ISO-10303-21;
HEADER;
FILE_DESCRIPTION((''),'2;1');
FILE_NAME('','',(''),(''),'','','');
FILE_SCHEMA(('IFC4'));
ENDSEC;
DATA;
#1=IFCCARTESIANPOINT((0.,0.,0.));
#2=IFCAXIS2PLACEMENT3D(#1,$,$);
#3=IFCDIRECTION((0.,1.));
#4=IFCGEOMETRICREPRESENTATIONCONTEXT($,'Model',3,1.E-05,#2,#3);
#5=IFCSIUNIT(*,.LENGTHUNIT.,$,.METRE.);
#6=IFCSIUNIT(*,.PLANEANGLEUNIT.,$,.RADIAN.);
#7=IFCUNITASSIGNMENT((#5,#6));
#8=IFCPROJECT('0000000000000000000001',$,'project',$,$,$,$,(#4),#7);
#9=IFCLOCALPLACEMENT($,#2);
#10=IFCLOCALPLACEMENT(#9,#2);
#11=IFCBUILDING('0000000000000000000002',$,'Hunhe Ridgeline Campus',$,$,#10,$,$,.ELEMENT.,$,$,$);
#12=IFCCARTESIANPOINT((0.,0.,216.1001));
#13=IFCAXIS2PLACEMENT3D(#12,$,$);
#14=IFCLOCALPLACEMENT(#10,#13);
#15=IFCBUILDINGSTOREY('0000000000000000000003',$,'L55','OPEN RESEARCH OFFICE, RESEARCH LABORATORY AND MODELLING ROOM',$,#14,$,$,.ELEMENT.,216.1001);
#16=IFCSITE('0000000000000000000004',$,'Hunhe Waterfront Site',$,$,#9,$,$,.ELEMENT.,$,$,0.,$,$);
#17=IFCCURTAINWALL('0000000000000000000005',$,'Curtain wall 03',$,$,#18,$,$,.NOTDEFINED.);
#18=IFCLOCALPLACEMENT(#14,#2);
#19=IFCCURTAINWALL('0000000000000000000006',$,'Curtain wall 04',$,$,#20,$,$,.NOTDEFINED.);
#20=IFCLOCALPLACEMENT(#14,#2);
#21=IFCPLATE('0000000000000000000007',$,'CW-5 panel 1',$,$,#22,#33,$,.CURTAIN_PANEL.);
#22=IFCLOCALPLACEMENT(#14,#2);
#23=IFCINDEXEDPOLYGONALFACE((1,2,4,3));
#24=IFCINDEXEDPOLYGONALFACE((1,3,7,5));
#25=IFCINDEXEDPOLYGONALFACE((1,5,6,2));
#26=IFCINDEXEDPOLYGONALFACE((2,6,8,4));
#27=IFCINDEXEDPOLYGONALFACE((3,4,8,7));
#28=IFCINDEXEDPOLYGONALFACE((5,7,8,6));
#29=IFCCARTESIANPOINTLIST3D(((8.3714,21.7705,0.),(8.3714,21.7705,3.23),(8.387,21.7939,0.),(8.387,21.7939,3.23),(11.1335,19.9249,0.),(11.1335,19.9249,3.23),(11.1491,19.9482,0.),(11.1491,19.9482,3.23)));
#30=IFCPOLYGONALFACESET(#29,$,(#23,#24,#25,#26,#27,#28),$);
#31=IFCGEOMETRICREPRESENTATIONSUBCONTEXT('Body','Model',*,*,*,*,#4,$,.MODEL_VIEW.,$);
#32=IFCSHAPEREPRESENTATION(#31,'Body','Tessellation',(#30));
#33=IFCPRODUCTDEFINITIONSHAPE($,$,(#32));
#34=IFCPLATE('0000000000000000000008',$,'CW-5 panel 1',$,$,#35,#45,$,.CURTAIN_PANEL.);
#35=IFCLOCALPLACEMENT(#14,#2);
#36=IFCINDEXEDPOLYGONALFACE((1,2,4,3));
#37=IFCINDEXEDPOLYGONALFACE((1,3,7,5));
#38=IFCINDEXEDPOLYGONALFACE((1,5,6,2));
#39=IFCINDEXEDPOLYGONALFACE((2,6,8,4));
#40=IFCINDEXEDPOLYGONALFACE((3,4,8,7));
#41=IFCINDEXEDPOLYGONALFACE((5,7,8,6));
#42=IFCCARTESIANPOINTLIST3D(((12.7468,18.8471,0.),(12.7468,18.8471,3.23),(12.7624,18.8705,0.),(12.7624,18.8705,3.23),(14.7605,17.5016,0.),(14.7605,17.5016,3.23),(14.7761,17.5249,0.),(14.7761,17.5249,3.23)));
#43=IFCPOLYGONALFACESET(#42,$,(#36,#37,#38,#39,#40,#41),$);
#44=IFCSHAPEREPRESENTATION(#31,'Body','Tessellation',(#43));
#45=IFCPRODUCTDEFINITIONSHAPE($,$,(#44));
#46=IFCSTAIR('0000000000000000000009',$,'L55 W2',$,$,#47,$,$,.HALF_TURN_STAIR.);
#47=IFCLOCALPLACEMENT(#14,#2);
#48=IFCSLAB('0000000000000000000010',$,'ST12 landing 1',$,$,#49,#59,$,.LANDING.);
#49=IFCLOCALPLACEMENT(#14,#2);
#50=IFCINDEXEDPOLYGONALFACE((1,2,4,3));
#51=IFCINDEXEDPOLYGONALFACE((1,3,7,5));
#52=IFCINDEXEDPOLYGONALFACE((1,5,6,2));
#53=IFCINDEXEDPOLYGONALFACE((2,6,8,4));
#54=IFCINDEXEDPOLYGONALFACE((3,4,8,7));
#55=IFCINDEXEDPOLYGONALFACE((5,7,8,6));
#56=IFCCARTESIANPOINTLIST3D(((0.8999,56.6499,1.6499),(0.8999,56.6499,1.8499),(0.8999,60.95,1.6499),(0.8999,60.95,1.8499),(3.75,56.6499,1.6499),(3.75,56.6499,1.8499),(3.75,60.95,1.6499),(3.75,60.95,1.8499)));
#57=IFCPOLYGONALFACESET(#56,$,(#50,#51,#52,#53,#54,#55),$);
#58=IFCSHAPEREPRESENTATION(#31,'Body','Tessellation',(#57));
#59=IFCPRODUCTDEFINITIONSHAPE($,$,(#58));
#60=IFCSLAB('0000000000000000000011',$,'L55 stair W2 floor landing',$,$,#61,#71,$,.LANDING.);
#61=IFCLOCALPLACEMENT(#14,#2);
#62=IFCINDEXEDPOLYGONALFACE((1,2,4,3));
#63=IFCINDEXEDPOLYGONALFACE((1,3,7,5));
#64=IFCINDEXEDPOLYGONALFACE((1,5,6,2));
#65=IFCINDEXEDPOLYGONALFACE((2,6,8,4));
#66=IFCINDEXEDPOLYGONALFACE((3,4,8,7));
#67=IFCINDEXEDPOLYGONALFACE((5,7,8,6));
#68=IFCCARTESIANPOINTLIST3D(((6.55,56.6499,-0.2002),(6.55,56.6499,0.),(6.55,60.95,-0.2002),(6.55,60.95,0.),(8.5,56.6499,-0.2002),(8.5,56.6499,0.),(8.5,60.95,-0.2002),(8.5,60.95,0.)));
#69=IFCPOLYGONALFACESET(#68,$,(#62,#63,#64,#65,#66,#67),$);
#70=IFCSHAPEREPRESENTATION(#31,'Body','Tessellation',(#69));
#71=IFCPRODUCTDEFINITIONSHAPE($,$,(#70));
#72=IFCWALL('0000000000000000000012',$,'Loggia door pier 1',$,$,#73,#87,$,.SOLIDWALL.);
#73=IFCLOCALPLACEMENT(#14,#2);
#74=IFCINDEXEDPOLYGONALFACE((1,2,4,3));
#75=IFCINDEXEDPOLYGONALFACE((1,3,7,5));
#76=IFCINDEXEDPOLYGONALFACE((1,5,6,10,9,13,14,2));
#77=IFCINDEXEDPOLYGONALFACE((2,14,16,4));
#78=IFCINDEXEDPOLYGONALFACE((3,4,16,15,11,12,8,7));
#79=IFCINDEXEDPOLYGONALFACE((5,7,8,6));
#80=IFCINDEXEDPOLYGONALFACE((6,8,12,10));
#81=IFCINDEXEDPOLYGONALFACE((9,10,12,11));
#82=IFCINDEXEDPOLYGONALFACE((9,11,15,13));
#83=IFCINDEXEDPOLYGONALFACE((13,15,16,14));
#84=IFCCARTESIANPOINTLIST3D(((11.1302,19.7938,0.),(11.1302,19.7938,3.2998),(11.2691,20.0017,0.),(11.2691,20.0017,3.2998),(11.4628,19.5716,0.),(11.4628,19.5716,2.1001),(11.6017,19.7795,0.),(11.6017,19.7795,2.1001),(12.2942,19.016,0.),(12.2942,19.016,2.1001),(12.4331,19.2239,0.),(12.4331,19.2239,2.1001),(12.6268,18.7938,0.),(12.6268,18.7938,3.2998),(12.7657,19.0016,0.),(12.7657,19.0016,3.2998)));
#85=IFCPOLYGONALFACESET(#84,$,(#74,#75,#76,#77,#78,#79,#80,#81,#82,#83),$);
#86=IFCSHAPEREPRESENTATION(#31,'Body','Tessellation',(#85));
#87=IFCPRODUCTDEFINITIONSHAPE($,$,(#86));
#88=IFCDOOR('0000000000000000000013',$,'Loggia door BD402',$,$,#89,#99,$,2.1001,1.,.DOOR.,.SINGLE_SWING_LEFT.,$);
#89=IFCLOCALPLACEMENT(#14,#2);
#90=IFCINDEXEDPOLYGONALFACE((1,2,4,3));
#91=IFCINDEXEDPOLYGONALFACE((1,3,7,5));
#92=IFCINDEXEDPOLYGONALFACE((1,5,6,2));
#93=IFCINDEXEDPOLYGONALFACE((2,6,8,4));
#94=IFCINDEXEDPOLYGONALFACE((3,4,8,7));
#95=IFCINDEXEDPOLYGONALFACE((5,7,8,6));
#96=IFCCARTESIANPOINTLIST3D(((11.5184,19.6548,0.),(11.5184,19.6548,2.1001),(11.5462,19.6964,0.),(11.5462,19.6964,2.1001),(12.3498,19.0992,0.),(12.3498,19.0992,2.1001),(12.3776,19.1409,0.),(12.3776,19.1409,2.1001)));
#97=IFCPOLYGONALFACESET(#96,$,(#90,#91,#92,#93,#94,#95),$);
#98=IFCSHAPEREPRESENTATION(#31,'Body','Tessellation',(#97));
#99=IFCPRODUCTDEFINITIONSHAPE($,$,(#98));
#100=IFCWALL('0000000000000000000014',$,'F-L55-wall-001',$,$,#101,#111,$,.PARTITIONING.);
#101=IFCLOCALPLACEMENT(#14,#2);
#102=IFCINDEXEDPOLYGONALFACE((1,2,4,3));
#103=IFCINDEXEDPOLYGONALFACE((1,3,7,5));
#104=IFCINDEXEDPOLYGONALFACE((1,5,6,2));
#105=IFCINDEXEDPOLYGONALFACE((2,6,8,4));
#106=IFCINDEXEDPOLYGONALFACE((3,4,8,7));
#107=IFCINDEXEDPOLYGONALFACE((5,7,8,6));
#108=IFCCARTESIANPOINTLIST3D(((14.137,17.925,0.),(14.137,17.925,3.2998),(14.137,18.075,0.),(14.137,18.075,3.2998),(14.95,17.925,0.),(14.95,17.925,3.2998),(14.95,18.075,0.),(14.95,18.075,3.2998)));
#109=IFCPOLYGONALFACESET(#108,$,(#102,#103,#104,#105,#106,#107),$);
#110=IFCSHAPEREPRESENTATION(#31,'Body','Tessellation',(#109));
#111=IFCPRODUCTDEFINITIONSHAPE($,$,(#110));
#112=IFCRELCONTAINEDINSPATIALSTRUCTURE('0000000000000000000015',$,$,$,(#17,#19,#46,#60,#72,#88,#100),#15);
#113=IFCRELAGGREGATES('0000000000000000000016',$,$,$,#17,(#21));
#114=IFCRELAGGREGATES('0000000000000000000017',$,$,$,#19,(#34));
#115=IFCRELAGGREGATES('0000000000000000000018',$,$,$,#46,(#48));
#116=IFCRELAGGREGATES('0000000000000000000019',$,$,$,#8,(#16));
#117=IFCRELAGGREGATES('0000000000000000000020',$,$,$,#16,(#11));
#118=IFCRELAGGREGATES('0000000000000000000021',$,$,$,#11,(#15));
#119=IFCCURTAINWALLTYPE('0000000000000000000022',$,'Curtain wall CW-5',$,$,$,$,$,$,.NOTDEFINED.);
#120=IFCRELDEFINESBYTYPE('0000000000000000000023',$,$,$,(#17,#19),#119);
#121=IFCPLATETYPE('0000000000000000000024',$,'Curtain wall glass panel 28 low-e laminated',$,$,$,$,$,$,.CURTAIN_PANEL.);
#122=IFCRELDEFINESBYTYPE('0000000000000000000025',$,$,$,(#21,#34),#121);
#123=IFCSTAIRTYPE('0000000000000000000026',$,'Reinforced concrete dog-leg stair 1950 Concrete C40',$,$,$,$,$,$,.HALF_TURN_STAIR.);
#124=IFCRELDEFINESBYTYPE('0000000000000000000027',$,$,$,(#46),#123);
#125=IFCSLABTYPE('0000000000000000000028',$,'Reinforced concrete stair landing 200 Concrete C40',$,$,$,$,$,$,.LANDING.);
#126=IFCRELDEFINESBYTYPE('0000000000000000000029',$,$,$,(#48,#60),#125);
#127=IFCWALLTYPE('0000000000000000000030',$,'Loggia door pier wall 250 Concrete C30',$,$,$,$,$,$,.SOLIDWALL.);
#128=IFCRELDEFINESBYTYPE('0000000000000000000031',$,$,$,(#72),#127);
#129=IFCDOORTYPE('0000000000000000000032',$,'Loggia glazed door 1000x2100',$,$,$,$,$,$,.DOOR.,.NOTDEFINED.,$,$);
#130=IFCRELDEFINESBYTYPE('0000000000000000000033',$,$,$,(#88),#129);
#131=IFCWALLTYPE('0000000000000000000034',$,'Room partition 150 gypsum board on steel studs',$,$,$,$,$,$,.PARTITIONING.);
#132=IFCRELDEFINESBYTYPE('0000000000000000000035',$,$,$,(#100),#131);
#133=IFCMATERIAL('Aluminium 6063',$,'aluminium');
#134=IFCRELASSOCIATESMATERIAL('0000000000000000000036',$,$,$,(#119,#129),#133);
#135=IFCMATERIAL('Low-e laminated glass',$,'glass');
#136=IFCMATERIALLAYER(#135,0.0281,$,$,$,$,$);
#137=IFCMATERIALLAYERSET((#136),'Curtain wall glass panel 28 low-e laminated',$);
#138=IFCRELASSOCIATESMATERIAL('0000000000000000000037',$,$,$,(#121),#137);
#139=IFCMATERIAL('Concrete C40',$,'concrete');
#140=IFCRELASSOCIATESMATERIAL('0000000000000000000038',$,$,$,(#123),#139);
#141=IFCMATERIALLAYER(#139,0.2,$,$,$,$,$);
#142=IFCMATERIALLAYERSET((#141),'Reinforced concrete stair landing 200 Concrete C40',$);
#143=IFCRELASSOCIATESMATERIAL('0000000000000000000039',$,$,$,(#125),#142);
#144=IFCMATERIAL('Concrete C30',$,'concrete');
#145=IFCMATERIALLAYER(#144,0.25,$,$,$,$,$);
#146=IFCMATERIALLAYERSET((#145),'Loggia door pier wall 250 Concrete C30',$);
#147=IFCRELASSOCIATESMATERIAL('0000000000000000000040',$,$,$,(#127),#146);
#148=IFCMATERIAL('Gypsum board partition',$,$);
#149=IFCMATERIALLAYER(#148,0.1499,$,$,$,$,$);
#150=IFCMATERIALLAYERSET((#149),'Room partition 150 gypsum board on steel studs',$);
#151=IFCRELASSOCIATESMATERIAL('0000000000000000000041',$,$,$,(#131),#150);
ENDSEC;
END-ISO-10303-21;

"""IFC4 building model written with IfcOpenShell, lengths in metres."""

from ifc_helpers import new_model, si_unit, direction, frame, frame_2d, origin, origin_2d, place, context, subcontext, project, spatial, polyline, rectangle, outline, extrude, material, layer, layer_set, type_object, element, fill, aggregate, save


model = new_model("IFC4")

# Units and contexts
model_context = context("Model", 3, precision=1e-05, world=origin(), true_north=direction((0.0, 1.0)))
body_context = subcontext(model_context, "Body", "Model", "MODEL_VIEW")
ifc_project = project(units=[si_unit("LENGTHUNIT", "METRE"), si_unit("PLANEANGLEUNIT", "RADIAN")], contexts=[model_context])

# Site, building, storey
site_placement = place(None, origin())
site = spatial("IfcSite", under=ifc_project, at=site_placement, Name="Hunhe Waterfront Site", CompositionType="ELEMENT", RefElevation=0.0)
building_placement = place(site_placement, origin())
building = spatial("IfcBuilding", under=site, at=building_placement, Name="Hunhe Ridgeline Campus", CompositionType="ELEMENT")
storey_placement = place(building_placement, frame((0.0, 0.0, 216.1001)))
storey = spatial("IfcBuildingStorey", under=building, at=storey_placement, Name="L55", Description="OPEN RESEARCH OFFICE, RESEARCH LABORATORY AND MODELLING ROOM", CompositionType="ELEMENT", Elevation=216.1001)

# Curtain walls
ifc_material_1 = material(Name="Aluminium 6063", Category="aluminium")
curtain_wall_type = type_object("IfcCurtainWallType", Name="Curtain wall CW-5", PredefinedType="NOTDEFINED", material=ifc_material_1)
curtain_wall_1_placement = place(storey_placement, origin())
curtain_wall_1 = element("IfcCurtainWall", 1, at=curtain_wall_1_placement, inside=storey, type_object=curtain_wall_type, Name="Curtain wall 03", PredefinedType="NOTDEFINED")
curtain_wall_2_placement = place(storey_placement, origin())
curtain_wall_2 = element("IfcCurtainWall", 2, at=curtain_wall_2_placement, inside=storey, type_object=curtain_wall_type, Name="Curtain wall 04", PredefinedType="NOTDEFINED")

# Plates
ifc_material_2 = material(Name="Low-e laminated glass", Category="glass")
ifc_layer_1 = layer(ifc_material_2, 0.0281)
ifc_layer_set_1 = layer_set([ifc_layer_1], Name="Curtain wall glass panel 28 low-e laminated")
plate_type = type_object("IfcPlateType", Name="Curtain wall glass panel 28 low-e laminated", PredefinedType="CURTAIN_PANEL", material=ifc_layer_set_1)
plate_1_placement = place(storey_placement, frame((9.7603, 20.8594, 0.0), z_axis=(0.0, 0.0, 1.0), x_axis=(0.83147, -0.55557, 0.0)))
plate_1 = element("IfcPlate", 3, at=plate_1_placement, type_object=plate_type, Name="CW-5 panel 1", PredefinedType="CURTAIN_PANEL", context=body_context, shape_type="SweptSolid", body=[
    extrude(rectangle(XDim=3.322, YDim=0.0281, at=origin_2d()), origin(), (0.0, 0.0, 1.0), 3.23),
])
aggregate(curtain_wall_1, [plate_1])
plate_2_placement = place(storey_placement, frame((13.7615, 18.186, 0.0), z_axis=(0.0, 0.0, 1.0), x_axis=(0.83147, -0.55557, 0.0)))
plate_2 = element("IfcPlate", 4, at=plate_2_placement, type_object=plate_type, Name="CW-5 panel 1", PredefinedType="CURTAIN_PANEL", context=body_context, shape_type="SweptSolid", body=[
    extrude(rectangle(XDim=2.4219, YDim=0.0281, at=origin_2d()), origin(), (0.0, 0.0, 1.0), 3.23),
])
aggregate(curtain_wall_2, [plate_2])

# Stair, slab
ifc_material_3 = material(Name="Concrete C40", Category="concrete")
stair_type = type_object("IfcStairType", Name="Reinforced concrete dog-leg stair 1950 Concrete C40", PredefinedType="HALF_TURN_STAIR", material=ifc_material_3)
stair_placement = place(storey_placement, origin())
stair = element("IfcStair", 5, at=stair_placement, inside=storey, type_object=stair_type, Name="L55 W2", PredefinedType="HALF_TURN_STAIR")
ifc_layer_2 = layer(ifc_material_3, 0.2)
ifc_layer_set_2 = layer_set([ifc_layer_2], Name="Reinforced concrete stair landing 200 Concrete C40")
slab_type = type_object("IfcSlabType", Name="Reinforced concrete stair landing 200 Concrete C40", PredefinedType="LANDING", material=ifc_layer_set_2)
slab_1_placement = place(storey_placement, frame((0.0, 0.0, 1.6499)))
slab_1 = element("IfcSlab", 6, at=slab_1_placement, type_object=slab_type, Name="ST12 landing 1", PredefinedType="LANDING", context=body_context, shape_type="SweptSolid", body=[
    extrude(outline(polyline([(3.75, 60.95), (0.8999, 60.95), (0.8999, 56.6499), (3.75, 56.6499), (3.75, 60.95)])), origin(), (0.0, 0.0, 1.0), 0.2),
])
aggregate(stair, [slab_1])

# Slab
slab_2_placement = place(storey_placement, frame((0.0, 0.0, -0.2002)))
element("IfcSlab", 7, at=slab_2_placement, inside=storey, type_object=slab_type, Name="L55 stair W2 floor landing", PredefinedType="LANDING", context=body_context, shape_type="SweptSolid", body=[
    extrude(outline(polyline([(8.5, 60.95), (6.55, 60.95), (6.55, 56.6499), (8.5, 56.6499), (8.5, 60.95)])), origin(), (0.0, 0.0, 1.0), 0.2002),
])

# Wall, opening, door
ifc_material_4 = material(Name="Concrete C30", Category="concrete")
ifc_layer_3 = layer(ifc_material_4, 0.25)
ifc_layer_set_3 = layer_set([ifc_layer_3], Name="Loggia door pier wall 250 Concrete C30")
wall_type_1 = type_object("IfcWallType", Name="Loggia door pier wall 250 Concrete C30", PredefinedType="SOLIDWALL", material=ifc_layer_set_3)
wall_1_placement = place(storey_placement, frame((11.1997, 19.8977, 0.0), z_axis=(0.0, 0.0, 1.0), x_axis=(0.831466, -0.555576, 0.0)))
wall_1 = element("IfcWall", 8, at=wall_1_placement, inside=storey, type_object=wall_type_1, Name="Loggia door pier 1", PredefinedType="SOLIDWALL", context=body_context, shape_type="SweptSolid", body=[
    extrude(rectangle(XDim=1.8, YDim=0.25, at=frame_2d((0.8999, 0.0))), origin(), (0.0, 0.0, 1.0), 3.2998),
])
opening_placement = place(wall_1_placement, frame((0.3999, 0.0, 0.0)))
opening = element("IfcOpeningElement", 9, at=opening_placement, cuts=wall_1, PredefinedType="OPENING", context=body_context, shape_type="SweptSolid", body=[
    extrude(rectangle(XDim=1.0, YDim=2.1001, at=frame_2d((0.5, 1.05))), frame((0.0, 0.125, 0.0), z_axis=(0.0, -1.0, 0.0), x_axis=(1.0, 0.0, 0.0)), (0.0, 0.0, 1.0), 0.25),
])
door_type = type_object("IfcDoorType", Name="Loggia glazed door 1000x2100", OperationType="NOTDEFINED", PredefinedType="DOOR", material=ifc_material_1)
door_placement = place(opening_placement, frame((1.0, 0.0, 0.0), z_axis=(0.0, 0.0, 1.0), x_axis=(-1.0, 0.0, 0.0)))
door = element("IfcDoor", 10, at=door_placement, inside=storey, type_object=door_type, Name="Loggia door BD402", OperationType="SINGLE_SWING_LEFT", OverallHeight=2.1001, OverallWidth=1.0, PredefinedType="DOOR", context=body_context, shape_type="SweptSolid", body=[
    extrude(rectangle(XDim=1.0, YDim=2.1001, at=frame_2d((0.5, 1.05))), frame((0.0, 0.0249, 0.0), z_axis=(0.0, -1.0, 0.0), x_axis=(1.0, 0.0, 0.0)), (0.0, 0.0, 1.0), 0.05),
])
fill(opening, door)

# Wall
ifc_material_5 = material(Name="Gypsum board partition")
ifc_layer_4 = layer(ifc_material_5, 0.1499)
ifc_layer_set_4 = layer_set([ifc_layer_4], Name="Room partition 150 gypsum board on steel studs")
wall_type_2 = type_object("IfcWallType", Name="Room partition 150 gypsum board on steel studs", PredefinedType="PARTITIONING", material=ifc_layer_set_4)
wall_2_placement = place(storey_placement, frame((14.137, 18.0, 0.0), z_axis=(0.0, 0.0, 1.0), x_axis=(1.0, 0.0, 0.0)))
element("IfcWall", 11, at=wall_2_placement, inside=storey, type_object=wall_type_2, Name="F-L55-wall-001", PredefinedType="PARTITIONING", context=body_context, shape_type="SweptSolid", body=[
    extrude(rectangle(XDim=0.813, YDim=0.1499, at=frame_2d((0.4065, 0.0))), origin(), (0.0, 0.0, 1.0), 3.2998),
])

save(model, "model.ifc")
